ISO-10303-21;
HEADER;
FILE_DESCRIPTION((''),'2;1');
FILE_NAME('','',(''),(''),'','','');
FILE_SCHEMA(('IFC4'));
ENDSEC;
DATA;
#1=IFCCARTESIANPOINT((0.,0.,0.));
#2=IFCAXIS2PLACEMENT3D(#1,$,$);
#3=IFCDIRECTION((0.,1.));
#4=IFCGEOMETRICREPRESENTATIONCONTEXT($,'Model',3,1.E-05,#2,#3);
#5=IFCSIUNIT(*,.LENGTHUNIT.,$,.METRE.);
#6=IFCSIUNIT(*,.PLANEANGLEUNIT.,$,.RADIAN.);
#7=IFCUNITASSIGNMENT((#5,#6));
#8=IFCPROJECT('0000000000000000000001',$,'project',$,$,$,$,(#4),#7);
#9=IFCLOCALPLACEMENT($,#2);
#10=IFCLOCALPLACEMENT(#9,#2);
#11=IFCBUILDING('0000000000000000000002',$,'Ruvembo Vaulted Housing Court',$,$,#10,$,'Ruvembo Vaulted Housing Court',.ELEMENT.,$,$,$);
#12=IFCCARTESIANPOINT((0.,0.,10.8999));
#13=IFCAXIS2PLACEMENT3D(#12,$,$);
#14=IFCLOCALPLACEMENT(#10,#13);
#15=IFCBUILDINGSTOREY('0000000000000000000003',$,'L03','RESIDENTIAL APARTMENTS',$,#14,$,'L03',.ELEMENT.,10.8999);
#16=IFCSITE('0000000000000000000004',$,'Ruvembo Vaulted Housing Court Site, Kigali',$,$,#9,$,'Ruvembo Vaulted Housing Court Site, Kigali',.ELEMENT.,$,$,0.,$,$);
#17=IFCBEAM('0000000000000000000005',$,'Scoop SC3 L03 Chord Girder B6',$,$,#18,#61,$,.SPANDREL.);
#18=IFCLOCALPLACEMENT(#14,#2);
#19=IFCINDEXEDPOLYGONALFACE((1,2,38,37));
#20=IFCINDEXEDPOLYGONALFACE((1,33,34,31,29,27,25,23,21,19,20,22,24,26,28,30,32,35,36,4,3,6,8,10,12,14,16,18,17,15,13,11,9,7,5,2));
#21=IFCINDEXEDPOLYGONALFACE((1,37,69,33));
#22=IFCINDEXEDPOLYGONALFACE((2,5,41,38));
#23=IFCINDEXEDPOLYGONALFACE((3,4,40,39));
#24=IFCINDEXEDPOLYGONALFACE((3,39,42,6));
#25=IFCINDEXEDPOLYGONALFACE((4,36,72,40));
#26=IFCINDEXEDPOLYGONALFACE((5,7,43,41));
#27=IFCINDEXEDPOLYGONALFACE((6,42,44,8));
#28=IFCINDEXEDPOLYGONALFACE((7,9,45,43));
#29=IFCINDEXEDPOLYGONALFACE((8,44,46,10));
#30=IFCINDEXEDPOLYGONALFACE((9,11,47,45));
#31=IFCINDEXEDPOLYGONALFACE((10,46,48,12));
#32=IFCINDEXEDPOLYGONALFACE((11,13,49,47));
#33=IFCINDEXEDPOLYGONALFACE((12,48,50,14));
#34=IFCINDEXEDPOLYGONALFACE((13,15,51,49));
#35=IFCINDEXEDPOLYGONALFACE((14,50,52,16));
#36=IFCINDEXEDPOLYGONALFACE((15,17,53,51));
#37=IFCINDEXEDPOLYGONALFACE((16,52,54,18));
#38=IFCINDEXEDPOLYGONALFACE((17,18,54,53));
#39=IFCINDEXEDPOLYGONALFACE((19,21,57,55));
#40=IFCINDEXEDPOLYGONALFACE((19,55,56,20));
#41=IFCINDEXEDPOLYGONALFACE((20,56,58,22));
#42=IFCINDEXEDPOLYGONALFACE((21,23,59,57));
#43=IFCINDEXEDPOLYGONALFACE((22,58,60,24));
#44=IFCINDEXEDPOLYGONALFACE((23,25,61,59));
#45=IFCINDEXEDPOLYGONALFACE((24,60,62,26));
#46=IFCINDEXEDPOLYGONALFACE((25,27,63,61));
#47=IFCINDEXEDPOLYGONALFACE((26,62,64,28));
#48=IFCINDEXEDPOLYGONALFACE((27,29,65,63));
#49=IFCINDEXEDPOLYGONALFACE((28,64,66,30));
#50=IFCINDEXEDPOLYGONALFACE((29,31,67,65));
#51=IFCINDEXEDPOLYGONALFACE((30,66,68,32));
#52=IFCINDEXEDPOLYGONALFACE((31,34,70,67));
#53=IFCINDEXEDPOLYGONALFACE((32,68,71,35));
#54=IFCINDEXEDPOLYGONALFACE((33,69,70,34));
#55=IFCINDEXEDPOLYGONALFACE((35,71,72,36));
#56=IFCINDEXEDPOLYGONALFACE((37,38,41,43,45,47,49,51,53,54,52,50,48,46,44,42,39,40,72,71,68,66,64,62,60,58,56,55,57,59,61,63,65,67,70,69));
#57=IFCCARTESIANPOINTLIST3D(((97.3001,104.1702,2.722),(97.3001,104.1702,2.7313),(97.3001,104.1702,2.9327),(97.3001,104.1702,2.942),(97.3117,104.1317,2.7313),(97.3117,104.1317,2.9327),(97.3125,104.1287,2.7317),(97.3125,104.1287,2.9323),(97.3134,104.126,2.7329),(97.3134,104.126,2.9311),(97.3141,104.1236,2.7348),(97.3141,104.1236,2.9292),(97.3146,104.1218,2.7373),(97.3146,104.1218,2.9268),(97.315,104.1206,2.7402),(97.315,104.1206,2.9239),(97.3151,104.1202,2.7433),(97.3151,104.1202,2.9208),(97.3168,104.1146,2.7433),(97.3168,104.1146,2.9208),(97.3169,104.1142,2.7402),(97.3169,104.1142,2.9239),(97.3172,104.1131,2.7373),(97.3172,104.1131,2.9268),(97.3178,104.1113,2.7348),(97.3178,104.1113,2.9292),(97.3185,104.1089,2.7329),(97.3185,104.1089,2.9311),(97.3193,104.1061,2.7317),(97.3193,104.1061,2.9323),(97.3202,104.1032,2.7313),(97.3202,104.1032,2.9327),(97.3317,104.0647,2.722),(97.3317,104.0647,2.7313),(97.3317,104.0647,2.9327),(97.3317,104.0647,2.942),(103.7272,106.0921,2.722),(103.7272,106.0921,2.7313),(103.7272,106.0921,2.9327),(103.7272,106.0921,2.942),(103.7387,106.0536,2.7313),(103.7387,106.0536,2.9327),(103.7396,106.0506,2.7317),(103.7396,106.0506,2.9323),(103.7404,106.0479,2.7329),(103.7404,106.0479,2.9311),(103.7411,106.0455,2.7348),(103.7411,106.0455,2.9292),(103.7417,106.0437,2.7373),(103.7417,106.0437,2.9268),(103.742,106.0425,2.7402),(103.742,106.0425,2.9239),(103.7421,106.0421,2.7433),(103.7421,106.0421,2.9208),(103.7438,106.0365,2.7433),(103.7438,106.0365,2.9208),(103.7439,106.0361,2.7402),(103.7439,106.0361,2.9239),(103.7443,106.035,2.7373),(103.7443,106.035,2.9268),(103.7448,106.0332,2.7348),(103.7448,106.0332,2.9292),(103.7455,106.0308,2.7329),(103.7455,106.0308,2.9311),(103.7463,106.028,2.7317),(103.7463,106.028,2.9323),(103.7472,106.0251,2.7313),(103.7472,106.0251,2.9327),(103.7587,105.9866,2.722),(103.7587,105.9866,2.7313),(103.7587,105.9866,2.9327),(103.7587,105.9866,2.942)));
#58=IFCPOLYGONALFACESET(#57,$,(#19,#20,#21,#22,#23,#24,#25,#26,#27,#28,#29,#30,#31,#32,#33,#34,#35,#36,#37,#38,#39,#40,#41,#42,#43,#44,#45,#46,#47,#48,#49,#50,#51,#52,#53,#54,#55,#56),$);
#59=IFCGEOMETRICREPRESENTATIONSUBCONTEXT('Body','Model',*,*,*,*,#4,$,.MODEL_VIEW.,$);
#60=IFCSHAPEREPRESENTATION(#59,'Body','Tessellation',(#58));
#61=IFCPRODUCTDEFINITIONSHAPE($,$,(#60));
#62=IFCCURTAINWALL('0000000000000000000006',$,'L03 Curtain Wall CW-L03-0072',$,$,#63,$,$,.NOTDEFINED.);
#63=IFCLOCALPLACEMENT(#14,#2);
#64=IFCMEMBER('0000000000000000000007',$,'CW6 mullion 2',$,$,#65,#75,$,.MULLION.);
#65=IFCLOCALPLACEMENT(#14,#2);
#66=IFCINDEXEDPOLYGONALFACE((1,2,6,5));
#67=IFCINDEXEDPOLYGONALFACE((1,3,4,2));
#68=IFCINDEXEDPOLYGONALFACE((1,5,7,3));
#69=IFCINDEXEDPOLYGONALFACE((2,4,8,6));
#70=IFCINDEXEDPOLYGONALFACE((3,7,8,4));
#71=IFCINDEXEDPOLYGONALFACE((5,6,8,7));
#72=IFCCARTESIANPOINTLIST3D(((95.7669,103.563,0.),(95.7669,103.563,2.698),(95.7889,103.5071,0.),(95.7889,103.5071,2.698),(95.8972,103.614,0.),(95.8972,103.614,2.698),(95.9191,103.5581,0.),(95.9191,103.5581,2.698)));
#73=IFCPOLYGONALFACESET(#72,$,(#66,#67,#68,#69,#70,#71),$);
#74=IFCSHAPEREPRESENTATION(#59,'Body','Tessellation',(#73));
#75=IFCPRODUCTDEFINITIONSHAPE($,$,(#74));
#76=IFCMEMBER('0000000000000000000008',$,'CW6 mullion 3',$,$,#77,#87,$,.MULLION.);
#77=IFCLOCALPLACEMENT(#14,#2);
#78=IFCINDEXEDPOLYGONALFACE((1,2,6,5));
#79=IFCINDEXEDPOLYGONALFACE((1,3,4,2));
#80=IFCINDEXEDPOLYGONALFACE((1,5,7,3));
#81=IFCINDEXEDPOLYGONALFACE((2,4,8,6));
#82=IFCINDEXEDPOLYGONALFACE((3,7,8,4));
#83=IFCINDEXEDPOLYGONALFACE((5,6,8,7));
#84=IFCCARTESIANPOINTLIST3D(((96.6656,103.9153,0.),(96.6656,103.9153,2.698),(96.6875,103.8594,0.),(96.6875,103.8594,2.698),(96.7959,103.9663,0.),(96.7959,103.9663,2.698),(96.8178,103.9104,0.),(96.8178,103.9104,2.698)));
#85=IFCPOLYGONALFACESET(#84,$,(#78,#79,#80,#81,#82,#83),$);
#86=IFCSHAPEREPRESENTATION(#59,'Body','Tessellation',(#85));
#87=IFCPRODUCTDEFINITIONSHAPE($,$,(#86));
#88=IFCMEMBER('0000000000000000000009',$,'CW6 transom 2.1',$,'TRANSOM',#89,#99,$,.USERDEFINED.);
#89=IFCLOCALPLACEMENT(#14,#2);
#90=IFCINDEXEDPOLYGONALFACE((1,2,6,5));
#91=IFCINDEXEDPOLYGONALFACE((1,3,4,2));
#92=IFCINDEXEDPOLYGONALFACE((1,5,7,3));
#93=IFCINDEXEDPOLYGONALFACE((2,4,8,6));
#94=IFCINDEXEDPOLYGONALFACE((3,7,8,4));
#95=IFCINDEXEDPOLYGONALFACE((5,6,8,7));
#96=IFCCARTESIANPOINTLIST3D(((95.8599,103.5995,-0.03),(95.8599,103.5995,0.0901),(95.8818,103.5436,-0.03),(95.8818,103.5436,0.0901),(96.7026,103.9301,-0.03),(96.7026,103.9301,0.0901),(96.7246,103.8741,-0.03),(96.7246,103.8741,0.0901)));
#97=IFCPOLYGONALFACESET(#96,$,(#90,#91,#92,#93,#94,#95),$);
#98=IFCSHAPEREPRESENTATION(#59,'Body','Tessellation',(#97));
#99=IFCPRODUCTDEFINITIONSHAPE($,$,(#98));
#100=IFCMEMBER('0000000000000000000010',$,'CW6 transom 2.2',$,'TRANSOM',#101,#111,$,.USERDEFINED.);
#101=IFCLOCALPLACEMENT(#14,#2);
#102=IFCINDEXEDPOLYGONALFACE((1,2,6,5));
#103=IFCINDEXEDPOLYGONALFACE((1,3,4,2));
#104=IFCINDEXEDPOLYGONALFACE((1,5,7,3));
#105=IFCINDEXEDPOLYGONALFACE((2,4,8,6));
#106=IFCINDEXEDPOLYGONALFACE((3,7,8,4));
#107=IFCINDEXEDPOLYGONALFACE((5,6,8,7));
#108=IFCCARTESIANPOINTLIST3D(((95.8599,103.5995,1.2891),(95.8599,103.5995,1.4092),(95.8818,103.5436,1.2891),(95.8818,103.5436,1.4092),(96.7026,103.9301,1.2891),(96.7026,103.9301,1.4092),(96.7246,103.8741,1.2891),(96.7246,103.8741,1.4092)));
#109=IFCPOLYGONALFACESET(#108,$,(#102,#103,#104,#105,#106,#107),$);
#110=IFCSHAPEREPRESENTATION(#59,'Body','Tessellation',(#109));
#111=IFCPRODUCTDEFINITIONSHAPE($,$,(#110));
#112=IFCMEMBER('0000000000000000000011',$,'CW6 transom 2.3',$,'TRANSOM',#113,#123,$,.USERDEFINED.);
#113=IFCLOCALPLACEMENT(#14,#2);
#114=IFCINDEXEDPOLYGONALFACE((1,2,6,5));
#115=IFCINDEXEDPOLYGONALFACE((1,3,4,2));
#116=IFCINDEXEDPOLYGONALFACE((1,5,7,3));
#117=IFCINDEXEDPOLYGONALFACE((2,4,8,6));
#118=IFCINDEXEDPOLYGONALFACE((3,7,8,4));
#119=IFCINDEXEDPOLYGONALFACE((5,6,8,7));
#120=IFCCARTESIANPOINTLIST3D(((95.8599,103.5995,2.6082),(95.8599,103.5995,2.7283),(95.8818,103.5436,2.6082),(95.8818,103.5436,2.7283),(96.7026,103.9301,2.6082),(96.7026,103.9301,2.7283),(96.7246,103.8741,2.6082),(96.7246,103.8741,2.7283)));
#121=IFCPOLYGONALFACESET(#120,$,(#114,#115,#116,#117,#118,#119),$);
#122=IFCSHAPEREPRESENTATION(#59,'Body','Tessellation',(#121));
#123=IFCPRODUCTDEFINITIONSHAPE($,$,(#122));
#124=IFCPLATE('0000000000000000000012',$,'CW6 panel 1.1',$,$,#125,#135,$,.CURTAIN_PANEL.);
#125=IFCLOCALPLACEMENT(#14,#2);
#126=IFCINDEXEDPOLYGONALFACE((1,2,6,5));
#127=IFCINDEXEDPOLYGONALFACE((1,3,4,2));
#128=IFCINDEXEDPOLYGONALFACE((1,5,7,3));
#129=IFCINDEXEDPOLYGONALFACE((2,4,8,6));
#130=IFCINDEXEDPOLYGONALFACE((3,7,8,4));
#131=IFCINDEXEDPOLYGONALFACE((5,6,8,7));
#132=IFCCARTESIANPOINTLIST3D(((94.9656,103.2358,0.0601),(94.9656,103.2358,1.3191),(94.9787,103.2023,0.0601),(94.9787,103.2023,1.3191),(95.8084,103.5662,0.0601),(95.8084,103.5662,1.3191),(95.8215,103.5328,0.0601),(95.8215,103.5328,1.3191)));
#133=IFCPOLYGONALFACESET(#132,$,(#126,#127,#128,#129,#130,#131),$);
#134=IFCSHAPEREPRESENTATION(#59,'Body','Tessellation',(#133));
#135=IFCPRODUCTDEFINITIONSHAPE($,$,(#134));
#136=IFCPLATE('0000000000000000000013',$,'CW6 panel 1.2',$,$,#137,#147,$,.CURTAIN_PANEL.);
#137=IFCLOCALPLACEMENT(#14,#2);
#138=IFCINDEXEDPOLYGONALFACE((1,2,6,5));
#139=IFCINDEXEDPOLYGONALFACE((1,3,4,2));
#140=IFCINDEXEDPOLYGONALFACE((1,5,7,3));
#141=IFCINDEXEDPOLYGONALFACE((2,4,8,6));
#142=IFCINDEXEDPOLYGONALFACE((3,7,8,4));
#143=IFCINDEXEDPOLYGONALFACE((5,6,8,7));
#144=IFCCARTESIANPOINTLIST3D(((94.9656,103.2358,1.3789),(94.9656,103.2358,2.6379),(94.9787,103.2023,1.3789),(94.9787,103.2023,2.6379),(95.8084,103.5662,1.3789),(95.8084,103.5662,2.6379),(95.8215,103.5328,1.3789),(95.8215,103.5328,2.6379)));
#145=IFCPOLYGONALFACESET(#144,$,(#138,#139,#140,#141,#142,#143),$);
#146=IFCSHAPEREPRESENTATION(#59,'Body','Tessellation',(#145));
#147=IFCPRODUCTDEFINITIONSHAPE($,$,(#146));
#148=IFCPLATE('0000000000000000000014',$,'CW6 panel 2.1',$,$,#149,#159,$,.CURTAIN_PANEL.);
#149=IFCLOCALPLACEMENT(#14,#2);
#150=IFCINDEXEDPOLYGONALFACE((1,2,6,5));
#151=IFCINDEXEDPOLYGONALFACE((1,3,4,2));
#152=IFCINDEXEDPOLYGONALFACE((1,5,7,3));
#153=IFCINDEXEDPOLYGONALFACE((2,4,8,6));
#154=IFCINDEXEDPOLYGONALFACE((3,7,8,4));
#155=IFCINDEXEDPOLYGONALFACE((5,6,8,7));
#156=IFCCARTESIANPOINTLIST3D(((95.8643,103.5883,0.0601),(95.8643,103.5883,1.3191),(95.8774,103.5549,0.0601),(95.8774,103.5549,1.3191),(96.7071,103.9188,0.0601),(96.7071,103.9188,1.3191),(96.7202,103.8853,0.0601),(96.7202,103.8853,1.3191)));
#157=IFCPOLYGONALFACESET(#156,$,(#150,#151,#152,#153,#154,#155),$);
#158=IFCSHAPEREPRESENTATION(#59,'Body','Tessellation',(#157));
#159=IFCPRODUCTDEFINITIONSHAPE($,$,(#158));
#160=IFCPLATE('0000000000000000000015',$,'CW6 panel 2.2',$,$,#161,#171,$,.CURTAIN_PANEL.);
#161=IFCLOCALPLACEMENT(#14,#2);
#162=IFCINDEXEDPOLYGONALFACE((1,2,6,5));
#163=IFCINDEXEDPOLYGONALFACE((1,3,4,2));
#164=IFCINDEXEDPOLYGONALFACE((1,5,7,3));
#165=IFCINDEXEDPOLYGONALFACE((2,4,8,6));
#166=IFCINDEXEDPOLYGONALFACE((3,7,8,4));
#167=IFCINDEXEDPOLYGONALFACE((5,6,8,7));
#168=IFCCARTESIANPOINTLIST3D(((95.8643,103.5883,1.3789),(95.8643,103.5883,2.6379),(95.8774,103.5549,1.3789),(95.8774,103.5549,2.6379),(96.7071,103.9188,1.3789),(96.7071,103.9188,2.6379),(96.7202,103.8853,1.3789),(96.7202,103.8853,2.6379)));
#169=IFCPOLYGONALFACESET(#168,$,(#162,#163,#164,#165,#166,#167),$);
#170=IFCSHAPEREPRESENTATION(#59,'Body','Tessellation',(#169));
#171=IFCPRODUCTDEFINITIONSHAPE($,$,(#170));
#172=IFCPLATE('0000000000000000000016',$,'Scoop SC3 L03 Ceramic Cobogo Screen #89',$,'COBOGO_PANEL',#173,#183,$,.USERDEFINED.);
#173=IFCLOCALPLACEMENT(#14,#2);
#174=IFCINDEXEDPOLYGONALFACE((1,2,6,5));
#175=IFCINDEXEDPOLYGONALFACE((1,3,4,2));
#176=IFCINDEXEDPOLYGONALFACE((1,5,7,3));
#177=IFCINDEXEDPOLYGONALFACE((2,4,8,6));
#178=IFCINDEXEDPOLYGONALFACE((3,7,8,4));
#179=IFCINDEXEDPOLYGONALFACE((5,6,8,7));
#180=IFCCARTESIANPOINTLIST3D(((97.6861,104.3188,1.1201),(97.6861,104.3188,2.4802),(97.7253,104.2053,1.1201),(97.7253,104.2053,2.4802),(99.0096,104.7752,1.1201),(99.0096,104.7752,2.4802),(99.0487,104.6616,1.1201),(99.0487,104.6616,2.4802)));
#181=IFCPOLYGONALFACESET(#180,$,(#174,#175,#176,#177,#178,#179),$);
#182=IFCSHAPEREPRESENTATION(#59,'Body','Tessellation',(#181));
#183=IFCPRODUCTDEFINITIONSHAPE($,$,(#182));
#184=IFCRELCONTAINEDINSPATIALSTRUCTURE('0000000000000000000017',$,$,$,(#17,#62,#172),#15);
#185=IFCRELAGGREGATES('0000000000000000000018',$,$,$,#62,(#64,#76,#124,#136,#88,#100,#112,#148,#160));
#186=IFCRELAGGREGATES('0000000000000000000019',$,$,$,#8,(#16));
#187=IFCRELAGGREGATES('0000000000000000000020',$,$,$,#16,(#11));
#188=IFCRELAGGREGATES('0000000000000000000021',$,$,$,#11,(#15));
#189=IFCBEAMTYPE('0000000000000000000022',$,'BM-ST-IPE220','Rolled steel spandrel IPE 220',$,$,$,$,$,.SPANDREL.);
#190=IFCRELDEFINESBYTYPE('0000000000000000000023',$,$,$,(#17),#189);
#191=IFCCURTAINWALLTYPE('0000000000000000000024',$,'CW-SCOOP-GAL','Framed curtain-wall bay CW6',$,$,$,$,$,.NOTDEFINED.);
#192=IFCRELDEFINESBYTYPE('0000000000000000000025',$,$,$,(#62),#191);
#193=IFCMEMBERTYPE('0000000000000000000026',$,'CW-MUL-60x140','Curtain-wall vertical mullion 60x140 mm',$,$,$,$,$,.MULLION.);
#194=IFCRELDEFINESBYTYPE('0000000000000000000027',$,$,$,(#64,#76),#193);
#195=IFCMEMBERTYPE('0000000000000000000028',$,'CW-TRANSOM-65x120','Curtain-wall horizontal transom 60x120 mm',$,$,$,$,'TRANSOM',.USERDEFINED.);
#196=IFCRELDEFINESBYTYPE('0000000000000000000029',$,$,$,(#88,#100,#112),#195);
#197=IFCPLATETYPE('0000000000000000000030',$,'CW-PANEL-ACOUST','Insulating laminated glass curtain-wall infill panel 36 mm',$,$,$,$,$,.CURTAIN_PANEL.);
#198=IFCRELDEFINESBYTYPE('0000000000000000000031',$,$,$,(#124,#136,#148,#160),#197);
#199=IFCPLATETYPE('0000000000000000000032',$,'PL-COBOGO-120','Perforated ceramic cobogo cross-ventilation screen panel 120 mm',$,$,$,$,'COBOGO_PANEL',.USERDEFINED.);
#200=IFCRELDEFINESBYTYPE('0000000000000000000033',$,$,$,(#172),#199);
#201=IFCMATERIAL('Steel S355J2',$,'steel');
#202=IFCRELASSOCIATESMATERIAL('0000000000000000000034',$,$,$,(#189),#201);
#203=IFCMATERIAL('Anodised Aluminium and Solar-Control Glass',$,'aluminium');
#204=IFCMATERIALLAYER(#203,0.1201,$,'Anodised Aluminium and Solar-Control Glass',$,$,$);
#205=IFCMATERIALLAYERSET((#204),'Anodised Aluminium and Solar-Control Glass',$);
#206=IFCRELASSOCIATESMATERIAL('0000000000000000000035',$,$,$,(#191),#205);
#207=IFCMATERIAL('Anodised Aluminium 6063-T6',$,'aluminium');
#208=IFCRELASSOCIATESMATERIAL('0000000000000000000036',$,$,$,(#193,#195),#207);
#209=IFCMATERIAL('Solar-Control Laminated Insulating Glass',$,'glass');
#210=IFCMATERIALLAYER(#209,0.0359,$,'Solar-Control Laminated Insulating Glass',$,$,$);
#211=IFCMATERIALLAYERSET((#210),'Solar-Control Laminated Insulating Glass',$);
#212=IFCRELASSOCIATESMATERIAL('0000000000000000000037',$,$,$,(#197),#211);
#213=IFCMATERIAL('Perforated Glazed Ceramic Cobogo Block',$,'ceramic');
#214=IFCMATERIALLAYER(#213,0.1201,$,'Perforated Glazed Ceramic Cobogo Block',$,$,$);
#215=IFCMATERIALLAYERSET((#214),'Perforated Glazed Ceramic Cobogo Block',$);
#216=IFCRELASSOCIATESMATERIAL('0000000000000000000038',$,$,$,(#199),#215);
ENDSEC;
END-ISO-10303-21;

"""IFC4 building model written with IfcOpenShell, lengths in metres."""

from ifc_helpers import new_model, si_unit, direction, frame, origin, origin_2d, place, context, subcontext, project, spatial, rectangle, i_section, extrude, material, layer, layer_set, material_profile, profile_set, type_object, element, aggregate, save


model = new_model("IFC4")

# Units and contexts
model_context = context("Model", 3, precision=1e-05, world=origin(), true_north=direction((0.0, 1.0)))
body_context = subcontext(model_context, "Body", "Model", "MODEL_VIEW")
ifc_project = project(units=[si_unit("LENGTHUNIT", "METRE"), si_unit("PLANEANGLEUNIT", "RADIAN")], contexts=[model_context])

# Site, building, storey
site_placement = place(None, origin())
site = spatial("IfcSite", under=ifc_project, at=site_placement, Name="Ruvembo Vaulted Housing Court Site, Kigali", LongName="Ruvembo Vaulted Housing Court Site, Kigali", CompositionType="ELEMENT", RefElevation=0.0)
building_placement = place(site_placement, origin())
building = spatial("IfcBuilding", under=site, at=building_placement, Name="Ruvembo Vaulted Housing Court", LongName="Ruvembo Vaulted Housing Court", CompositionType="ELEMENT")
storey_placement = place(building_placement, frame((0.0, 0.0, 10.8999)))
storey = spatial("IfcBuildingStorey", under=building, at=storey_placement, Name="L03", Description="RESIDENTIAL APARTMENTS", LongName="L03", CompositionType="ELEMENT", Elevation=10.8999)

# Beam
ifc_material_1 = material(Name="Steel S355J2", Category="steel")
ifc_material_profile_1 = material_profile(ifc_material_1, i_section(OverallWidth=0.1101, OverallDepth=0.22, WebThickness=0.0059, FlangeThickness=0.0093, FilletRadius=0.012, at=origin_2d()), Name="IPE 220")
ifc_profile_set_1 = profile_set([ifc_material_profile_1], Name="Steel S355J2")
beam_type_1 = type_object("IfcBeamType", Name="BM-ST-IPE220", Description="Rolled steel spandrel IPE 220", PredefinedType="SPANDREL", material=ifc_profile_set_1)
beam_1_placement = place(storey_placement, frame((97.3159, 104.1174, 2.832), z_axis=(0.958081, 0.286496, 0.0), x_axis=(-0.286496, 0.958081, 0.0)))
element("IfcBeam", 1, at=beam_1_placement, inside=storey, type_object=beam_type_1, Name="Scoop SC3 L03 Chord Girder B6", PredefinedType="SPANDREL", context=body_context, shape_type="SweptSolid", body=[
    extrude(i_section(OverallWidth=0.1101, OverallDepth=0.22, WebThickness=0.0059, FlangeThickness=0.0093, FilletRadius=0.012, at=origin_2d()), origin(), (0.0, 0.0, 1.0), 6.7083),
])

# Curtain wall, members, plates
ifc_material_2 = material(Name="Anodised Aluminium and Solar-Control Glass", Category="aluminium")
ifc_layer_1 = layer(ifc_material_2, 0.1201, Name="Anodised Aluminium and Solar-Control Glass")
ifc_layer_set_1 = layer_set([ifc_layer_1], Name="Anodised Aluminium and Solar-Control Glass")
curtain_wall_type = type_object("IfcCurtainWallType", Name="CW-SCOOP-GAL", Description="Framed curtain-wall bay CW6", PredefinedType="NOTDEFINED", material=ifc_layer_set_1)
curtain_wall_placement = place(storey_placement, origin())
curtain_wall = element("IfcCurtainWall", 2, at=curtain_wall_placement, inside=storey, type_object=curtain_wall_type, Name="L03 Curtain Wall CW-L03-0072", PredefinedType="NOTDEFINED")
ifc_material_3 = material(Name="Anodised Aluminium 6063-T6", Category="aluminium")
ifc_material_profile_2 = material_profile(ifc_material_3, rectangle(XDim=0.0601, YDim=0.1399, at=origin_2d()), Name="ALU 60x140")
ifc_profile_set_2 = profile_set([ifc_material_profile_2], Name="Anodised Aluminium 6063-T6")
member_type_1 = type_object("IfcMemberType", Name="CW-MUL-60x140", Description="Curtain-wall vertical mullion 60x140 mm", PredefinedType="MULLION", material=ifc_profile_set_2)
member_1_placement = place(storey_placement, frame((95.843, 103.5605, 0.0), z_axis=(0.0, 0.0, 1.0), x_axis=(-0.365034, 0.930994, 0.0)))
member_1 = element("IfcMember", 3, at=member_1_placement, type_object=member_type_1, Name="CW6 mullion 2", PredefinedType="MULLION", context=body_context, shape_type="SweptSolid", body=[
    extrude(rectangle(XDim=0.0601, YDim=0.1399, at=origin_2d()), origin(), (0.0, 0.0, 1.0), 2.698),
])
member_2_placement = place(storey_placement, frame((96.7417, 103.9128, 0.0), z_axis=(0.0, 0.0, 1.0), x_axis=(-0.365034, 0.930994, 0.0)))
member_2 = element("IfcMember", 4, at=member_2_placement, type_object=member_type_1, Name="CW6 mullion 3", PredefinedType="MULLION", context=body_context, shape_type="SweptSolid", body=[
    extrude(rectangle(XDim=0.0601, YDim=0.1399, at=origin_2d()), origin(), (0.0, 0.0, 1.0), 2.698),
])
ifc_material_profile_3 = material_profile(ifc_material_3, rectangle(XDim=0.0601, YDim=0.1201, at=origin_2d()), Name="ALU 60x120")
ifc_profile_set_3 = profile_set([ifc_material_profile_3], Name="Anodised Aluminium 6063-T6")
member_type_2 = type_object("IfcMemberType", Name="CW-TRANSOM-65x120", Description="Curtain-wall horizontal transom 60x120 mm", ElementType="TRANSOM", PredefinedType="USERDEFINED", material=ifc_profile_set_3)
member_3_placement = place(storey_placement, frame((95.8708, 103.5715, 0.03), z_axis=(0.930948, 0.365152, 0.0), x_axis=(-0.365152, 0.930948, 0.0)))
member_3 = element("IfcMember", 5, at=member_3_placement, type_object=member_type_2, Name="CW6 transom 2.1", ObjectType="TRANSOM", PredefinedType="USERDEFINED", context=body_context, shape_type="SweptSolid", body=[
    extrude(rectangle(XDim=0.0601, YDim=0.1201, at=origin_2d()), origin(), (0.0, 0.0, 1.0), 0.9053),
])
member_4_placement = place(storey_placement, frame((95.8708, 103.5715, 1.3491), z_axis=(0.930948, 0.365152, 0.0), x_axis=(-0.365152, 0.930948, 0.0)))
member_4 = element("IfcMember", 6, at=member_4_placement, type_object=member_type_2, Name="CW6 transom 2.2", ObjectType="TRANSOM", PredefinedType="USERDEFINED", context=body_context, shape_type="SweptSolid", body=[
    extrude(rectangle(XDim=0.0601, YDim=0.1201, at=origin_2d()), origin(), (0.0, 0.0, 1.0), 0.9053),
])
member_5_placement = place(storey_placement, frame((95.8708, 103.5715, 2.6682), z_axis=(0.930948, 0.365152, 0.0), x_axis=(-0.365152, 0.930948, 0.0)))
member_5 = element("IfcMember", 7, at=member_5_placement, type_object=member_type_2, Name="CW6 transom 2.3", ObjectType="TRANSOM", PredefinedType="USERDEFINED", context=body_context, shape_type="SweptSolid", body=[
    extrude(rectangle(XDim=0.0601, YDim=0.1201, at=origin_2d()), origin(), (0.0, 0.0, 1.0), 0.9053),
])
ifc_material_4 = material(Name="Solar-Control Laminated Insulating Glass", Category="glass")
ifc_layer_2 = layer(ifc_material_4, 0.0359, Name="Solar-Control Laminated Insulating Glass")
ifc_layer_set_2 = layer_set([ifc_layer_2], Name="Solar-Control Laminated Insulating Glass")
plate_type_1 = type_object("IfcPlateType", Name="CW-PANEL-ACOUST", Description="Insulating laminated glass curtain-wall infill panel 36 mm", PredefinedType="CURTAIN_PANEL", material=ifc_layer_set_2)
plate_1_placement = place(storey_placement, frame((95.3936, 103.3843, 0.0601), z_axis=(0.0, 0.0, 1.0), x_axis=(0.930994, 0.365034, 0.0)))
plate_1 = element("IfcPlate", 8, at=plate_1_placement, type_object=plate_type_1, Name="CW6 panel 1.1", PredefinedType="CURTAIN_PANEL", context=body_context, shape_type="SweptSolid", body=[
    extrude(rectangle(XDim=0.9053, YDim=0.0359, at=origin_2d()), origin(), (0.0, 0.0, 1.0), 1.259),
])
plate_2_placement = place(storey_placement, frame((95.3936, 103.3843, 1.3789), z_axis=(0.0, 0.0, 1.0), x_axis=(0.930994, 0.365034, 0.0)))
plate_2 = element("IfcPlate", 9, at=plate_2_placement, type_object=plate_type_1, Name="CW6 panel 1.2", PredefinedType="CURTAIN_PANEL", context=body_context, shape_type="SweptSolid", body=[
    extrude(rectangle(XDim=0.9053, YDim=0.0359, at=origin_2d()), origin(), (0.0, 0.0, 1.0), 1.259),
])
plate_3_placement = place(storey_placement, frame((96.2922, 103.7368, 0.0601), z_axis=(0.0, 0.0, 1.0), x_axis=(0.930994, 0.365034, 0.0)))
plate_3 = element("IfcPlate", 10, at=plate_3_placement, type_object=plate_type_1, Name="CW6 panel 2.1", PredefinedType="CURTAIN_PANEL", context=body_context, shape_type="SweptSolid", body=[
    extrude(rectangle(XDim=0.9053, YDim=0.0359, at=origin_2d()), origin(), (0.0, 0.0, 1.0), 1.259),
])
plate_4_placement = place(storey_placement, frame((96.2922, 103.7368, 1.3789), z_axis=(0.0, 0.0, 1.0), x_axis=(0.930994, 0.365034, 0.0)))
plate_4 = element("IfcPlate", 11, at=plate_4_placement, type_object=plate_type_1, Name="CW6 panel 2.2", PredefinedType="CURTAIN_PANEL", context=body_context, shape_type="SweptSolid", body=[
    extrude(rectangle(XDim=0.9053, YDim=0.0359, at=origin_2d()), origin(), (0.0, 0.0, 1.0), 1.259),
])
aggregate(curtain_wall, [member_1, member_2, plate_1, plate_2, member_3, member_4, member_5, plate_3, plate_4])

# Plate
ifc_material_5 = material(Name="Perforated Glazed Ceramic Cobogo Block", Category="ceramic")
ifc_layer_3 = layer(ifc_material_5, 0.1201, Name="Perforated Glazed Ceramic Cobogo Block")
ifc_layer_set_3 = layer_set([ifc_layer_3], Name="Perforated Glazed Ceramic Cobogo Block")
plate_type_2 = type_object("IfcPlateType", Name="PL-COBOGO-120", Description="Perforated ceramic cobogo cross-ventilation screen panel 120 mm", ElementType="COBOGO_PANEL", PredefinedType="USERDEFINED", material=ifc_layer_set_3)
plate_5_placement = place(storey_placement, frame((98.3674, 104.4902, 1.1201), z_axis=(0.0, 0.0, 1.0), x_axis=(0.945371, 0.325997, 0.0)))
element("IfcPlate", 12, at=plate_5_placement, inside=storey, type_object=plate_type_2, Name="Scoop SC3 L03 Ceramic Cobogo Screen #89", ObjectType="COBOGO_PANEL", PredefinedType="USERDEFINED", context=body_context, shape_type="SweptSolid", body=[
    extrude(rectangle(XDim=1.3999, YDim=0.1201, at=origin_2d()), origin(), (0.0, 0.0, 1.0), 1.3601),
])

save(model, "model.ifc")
